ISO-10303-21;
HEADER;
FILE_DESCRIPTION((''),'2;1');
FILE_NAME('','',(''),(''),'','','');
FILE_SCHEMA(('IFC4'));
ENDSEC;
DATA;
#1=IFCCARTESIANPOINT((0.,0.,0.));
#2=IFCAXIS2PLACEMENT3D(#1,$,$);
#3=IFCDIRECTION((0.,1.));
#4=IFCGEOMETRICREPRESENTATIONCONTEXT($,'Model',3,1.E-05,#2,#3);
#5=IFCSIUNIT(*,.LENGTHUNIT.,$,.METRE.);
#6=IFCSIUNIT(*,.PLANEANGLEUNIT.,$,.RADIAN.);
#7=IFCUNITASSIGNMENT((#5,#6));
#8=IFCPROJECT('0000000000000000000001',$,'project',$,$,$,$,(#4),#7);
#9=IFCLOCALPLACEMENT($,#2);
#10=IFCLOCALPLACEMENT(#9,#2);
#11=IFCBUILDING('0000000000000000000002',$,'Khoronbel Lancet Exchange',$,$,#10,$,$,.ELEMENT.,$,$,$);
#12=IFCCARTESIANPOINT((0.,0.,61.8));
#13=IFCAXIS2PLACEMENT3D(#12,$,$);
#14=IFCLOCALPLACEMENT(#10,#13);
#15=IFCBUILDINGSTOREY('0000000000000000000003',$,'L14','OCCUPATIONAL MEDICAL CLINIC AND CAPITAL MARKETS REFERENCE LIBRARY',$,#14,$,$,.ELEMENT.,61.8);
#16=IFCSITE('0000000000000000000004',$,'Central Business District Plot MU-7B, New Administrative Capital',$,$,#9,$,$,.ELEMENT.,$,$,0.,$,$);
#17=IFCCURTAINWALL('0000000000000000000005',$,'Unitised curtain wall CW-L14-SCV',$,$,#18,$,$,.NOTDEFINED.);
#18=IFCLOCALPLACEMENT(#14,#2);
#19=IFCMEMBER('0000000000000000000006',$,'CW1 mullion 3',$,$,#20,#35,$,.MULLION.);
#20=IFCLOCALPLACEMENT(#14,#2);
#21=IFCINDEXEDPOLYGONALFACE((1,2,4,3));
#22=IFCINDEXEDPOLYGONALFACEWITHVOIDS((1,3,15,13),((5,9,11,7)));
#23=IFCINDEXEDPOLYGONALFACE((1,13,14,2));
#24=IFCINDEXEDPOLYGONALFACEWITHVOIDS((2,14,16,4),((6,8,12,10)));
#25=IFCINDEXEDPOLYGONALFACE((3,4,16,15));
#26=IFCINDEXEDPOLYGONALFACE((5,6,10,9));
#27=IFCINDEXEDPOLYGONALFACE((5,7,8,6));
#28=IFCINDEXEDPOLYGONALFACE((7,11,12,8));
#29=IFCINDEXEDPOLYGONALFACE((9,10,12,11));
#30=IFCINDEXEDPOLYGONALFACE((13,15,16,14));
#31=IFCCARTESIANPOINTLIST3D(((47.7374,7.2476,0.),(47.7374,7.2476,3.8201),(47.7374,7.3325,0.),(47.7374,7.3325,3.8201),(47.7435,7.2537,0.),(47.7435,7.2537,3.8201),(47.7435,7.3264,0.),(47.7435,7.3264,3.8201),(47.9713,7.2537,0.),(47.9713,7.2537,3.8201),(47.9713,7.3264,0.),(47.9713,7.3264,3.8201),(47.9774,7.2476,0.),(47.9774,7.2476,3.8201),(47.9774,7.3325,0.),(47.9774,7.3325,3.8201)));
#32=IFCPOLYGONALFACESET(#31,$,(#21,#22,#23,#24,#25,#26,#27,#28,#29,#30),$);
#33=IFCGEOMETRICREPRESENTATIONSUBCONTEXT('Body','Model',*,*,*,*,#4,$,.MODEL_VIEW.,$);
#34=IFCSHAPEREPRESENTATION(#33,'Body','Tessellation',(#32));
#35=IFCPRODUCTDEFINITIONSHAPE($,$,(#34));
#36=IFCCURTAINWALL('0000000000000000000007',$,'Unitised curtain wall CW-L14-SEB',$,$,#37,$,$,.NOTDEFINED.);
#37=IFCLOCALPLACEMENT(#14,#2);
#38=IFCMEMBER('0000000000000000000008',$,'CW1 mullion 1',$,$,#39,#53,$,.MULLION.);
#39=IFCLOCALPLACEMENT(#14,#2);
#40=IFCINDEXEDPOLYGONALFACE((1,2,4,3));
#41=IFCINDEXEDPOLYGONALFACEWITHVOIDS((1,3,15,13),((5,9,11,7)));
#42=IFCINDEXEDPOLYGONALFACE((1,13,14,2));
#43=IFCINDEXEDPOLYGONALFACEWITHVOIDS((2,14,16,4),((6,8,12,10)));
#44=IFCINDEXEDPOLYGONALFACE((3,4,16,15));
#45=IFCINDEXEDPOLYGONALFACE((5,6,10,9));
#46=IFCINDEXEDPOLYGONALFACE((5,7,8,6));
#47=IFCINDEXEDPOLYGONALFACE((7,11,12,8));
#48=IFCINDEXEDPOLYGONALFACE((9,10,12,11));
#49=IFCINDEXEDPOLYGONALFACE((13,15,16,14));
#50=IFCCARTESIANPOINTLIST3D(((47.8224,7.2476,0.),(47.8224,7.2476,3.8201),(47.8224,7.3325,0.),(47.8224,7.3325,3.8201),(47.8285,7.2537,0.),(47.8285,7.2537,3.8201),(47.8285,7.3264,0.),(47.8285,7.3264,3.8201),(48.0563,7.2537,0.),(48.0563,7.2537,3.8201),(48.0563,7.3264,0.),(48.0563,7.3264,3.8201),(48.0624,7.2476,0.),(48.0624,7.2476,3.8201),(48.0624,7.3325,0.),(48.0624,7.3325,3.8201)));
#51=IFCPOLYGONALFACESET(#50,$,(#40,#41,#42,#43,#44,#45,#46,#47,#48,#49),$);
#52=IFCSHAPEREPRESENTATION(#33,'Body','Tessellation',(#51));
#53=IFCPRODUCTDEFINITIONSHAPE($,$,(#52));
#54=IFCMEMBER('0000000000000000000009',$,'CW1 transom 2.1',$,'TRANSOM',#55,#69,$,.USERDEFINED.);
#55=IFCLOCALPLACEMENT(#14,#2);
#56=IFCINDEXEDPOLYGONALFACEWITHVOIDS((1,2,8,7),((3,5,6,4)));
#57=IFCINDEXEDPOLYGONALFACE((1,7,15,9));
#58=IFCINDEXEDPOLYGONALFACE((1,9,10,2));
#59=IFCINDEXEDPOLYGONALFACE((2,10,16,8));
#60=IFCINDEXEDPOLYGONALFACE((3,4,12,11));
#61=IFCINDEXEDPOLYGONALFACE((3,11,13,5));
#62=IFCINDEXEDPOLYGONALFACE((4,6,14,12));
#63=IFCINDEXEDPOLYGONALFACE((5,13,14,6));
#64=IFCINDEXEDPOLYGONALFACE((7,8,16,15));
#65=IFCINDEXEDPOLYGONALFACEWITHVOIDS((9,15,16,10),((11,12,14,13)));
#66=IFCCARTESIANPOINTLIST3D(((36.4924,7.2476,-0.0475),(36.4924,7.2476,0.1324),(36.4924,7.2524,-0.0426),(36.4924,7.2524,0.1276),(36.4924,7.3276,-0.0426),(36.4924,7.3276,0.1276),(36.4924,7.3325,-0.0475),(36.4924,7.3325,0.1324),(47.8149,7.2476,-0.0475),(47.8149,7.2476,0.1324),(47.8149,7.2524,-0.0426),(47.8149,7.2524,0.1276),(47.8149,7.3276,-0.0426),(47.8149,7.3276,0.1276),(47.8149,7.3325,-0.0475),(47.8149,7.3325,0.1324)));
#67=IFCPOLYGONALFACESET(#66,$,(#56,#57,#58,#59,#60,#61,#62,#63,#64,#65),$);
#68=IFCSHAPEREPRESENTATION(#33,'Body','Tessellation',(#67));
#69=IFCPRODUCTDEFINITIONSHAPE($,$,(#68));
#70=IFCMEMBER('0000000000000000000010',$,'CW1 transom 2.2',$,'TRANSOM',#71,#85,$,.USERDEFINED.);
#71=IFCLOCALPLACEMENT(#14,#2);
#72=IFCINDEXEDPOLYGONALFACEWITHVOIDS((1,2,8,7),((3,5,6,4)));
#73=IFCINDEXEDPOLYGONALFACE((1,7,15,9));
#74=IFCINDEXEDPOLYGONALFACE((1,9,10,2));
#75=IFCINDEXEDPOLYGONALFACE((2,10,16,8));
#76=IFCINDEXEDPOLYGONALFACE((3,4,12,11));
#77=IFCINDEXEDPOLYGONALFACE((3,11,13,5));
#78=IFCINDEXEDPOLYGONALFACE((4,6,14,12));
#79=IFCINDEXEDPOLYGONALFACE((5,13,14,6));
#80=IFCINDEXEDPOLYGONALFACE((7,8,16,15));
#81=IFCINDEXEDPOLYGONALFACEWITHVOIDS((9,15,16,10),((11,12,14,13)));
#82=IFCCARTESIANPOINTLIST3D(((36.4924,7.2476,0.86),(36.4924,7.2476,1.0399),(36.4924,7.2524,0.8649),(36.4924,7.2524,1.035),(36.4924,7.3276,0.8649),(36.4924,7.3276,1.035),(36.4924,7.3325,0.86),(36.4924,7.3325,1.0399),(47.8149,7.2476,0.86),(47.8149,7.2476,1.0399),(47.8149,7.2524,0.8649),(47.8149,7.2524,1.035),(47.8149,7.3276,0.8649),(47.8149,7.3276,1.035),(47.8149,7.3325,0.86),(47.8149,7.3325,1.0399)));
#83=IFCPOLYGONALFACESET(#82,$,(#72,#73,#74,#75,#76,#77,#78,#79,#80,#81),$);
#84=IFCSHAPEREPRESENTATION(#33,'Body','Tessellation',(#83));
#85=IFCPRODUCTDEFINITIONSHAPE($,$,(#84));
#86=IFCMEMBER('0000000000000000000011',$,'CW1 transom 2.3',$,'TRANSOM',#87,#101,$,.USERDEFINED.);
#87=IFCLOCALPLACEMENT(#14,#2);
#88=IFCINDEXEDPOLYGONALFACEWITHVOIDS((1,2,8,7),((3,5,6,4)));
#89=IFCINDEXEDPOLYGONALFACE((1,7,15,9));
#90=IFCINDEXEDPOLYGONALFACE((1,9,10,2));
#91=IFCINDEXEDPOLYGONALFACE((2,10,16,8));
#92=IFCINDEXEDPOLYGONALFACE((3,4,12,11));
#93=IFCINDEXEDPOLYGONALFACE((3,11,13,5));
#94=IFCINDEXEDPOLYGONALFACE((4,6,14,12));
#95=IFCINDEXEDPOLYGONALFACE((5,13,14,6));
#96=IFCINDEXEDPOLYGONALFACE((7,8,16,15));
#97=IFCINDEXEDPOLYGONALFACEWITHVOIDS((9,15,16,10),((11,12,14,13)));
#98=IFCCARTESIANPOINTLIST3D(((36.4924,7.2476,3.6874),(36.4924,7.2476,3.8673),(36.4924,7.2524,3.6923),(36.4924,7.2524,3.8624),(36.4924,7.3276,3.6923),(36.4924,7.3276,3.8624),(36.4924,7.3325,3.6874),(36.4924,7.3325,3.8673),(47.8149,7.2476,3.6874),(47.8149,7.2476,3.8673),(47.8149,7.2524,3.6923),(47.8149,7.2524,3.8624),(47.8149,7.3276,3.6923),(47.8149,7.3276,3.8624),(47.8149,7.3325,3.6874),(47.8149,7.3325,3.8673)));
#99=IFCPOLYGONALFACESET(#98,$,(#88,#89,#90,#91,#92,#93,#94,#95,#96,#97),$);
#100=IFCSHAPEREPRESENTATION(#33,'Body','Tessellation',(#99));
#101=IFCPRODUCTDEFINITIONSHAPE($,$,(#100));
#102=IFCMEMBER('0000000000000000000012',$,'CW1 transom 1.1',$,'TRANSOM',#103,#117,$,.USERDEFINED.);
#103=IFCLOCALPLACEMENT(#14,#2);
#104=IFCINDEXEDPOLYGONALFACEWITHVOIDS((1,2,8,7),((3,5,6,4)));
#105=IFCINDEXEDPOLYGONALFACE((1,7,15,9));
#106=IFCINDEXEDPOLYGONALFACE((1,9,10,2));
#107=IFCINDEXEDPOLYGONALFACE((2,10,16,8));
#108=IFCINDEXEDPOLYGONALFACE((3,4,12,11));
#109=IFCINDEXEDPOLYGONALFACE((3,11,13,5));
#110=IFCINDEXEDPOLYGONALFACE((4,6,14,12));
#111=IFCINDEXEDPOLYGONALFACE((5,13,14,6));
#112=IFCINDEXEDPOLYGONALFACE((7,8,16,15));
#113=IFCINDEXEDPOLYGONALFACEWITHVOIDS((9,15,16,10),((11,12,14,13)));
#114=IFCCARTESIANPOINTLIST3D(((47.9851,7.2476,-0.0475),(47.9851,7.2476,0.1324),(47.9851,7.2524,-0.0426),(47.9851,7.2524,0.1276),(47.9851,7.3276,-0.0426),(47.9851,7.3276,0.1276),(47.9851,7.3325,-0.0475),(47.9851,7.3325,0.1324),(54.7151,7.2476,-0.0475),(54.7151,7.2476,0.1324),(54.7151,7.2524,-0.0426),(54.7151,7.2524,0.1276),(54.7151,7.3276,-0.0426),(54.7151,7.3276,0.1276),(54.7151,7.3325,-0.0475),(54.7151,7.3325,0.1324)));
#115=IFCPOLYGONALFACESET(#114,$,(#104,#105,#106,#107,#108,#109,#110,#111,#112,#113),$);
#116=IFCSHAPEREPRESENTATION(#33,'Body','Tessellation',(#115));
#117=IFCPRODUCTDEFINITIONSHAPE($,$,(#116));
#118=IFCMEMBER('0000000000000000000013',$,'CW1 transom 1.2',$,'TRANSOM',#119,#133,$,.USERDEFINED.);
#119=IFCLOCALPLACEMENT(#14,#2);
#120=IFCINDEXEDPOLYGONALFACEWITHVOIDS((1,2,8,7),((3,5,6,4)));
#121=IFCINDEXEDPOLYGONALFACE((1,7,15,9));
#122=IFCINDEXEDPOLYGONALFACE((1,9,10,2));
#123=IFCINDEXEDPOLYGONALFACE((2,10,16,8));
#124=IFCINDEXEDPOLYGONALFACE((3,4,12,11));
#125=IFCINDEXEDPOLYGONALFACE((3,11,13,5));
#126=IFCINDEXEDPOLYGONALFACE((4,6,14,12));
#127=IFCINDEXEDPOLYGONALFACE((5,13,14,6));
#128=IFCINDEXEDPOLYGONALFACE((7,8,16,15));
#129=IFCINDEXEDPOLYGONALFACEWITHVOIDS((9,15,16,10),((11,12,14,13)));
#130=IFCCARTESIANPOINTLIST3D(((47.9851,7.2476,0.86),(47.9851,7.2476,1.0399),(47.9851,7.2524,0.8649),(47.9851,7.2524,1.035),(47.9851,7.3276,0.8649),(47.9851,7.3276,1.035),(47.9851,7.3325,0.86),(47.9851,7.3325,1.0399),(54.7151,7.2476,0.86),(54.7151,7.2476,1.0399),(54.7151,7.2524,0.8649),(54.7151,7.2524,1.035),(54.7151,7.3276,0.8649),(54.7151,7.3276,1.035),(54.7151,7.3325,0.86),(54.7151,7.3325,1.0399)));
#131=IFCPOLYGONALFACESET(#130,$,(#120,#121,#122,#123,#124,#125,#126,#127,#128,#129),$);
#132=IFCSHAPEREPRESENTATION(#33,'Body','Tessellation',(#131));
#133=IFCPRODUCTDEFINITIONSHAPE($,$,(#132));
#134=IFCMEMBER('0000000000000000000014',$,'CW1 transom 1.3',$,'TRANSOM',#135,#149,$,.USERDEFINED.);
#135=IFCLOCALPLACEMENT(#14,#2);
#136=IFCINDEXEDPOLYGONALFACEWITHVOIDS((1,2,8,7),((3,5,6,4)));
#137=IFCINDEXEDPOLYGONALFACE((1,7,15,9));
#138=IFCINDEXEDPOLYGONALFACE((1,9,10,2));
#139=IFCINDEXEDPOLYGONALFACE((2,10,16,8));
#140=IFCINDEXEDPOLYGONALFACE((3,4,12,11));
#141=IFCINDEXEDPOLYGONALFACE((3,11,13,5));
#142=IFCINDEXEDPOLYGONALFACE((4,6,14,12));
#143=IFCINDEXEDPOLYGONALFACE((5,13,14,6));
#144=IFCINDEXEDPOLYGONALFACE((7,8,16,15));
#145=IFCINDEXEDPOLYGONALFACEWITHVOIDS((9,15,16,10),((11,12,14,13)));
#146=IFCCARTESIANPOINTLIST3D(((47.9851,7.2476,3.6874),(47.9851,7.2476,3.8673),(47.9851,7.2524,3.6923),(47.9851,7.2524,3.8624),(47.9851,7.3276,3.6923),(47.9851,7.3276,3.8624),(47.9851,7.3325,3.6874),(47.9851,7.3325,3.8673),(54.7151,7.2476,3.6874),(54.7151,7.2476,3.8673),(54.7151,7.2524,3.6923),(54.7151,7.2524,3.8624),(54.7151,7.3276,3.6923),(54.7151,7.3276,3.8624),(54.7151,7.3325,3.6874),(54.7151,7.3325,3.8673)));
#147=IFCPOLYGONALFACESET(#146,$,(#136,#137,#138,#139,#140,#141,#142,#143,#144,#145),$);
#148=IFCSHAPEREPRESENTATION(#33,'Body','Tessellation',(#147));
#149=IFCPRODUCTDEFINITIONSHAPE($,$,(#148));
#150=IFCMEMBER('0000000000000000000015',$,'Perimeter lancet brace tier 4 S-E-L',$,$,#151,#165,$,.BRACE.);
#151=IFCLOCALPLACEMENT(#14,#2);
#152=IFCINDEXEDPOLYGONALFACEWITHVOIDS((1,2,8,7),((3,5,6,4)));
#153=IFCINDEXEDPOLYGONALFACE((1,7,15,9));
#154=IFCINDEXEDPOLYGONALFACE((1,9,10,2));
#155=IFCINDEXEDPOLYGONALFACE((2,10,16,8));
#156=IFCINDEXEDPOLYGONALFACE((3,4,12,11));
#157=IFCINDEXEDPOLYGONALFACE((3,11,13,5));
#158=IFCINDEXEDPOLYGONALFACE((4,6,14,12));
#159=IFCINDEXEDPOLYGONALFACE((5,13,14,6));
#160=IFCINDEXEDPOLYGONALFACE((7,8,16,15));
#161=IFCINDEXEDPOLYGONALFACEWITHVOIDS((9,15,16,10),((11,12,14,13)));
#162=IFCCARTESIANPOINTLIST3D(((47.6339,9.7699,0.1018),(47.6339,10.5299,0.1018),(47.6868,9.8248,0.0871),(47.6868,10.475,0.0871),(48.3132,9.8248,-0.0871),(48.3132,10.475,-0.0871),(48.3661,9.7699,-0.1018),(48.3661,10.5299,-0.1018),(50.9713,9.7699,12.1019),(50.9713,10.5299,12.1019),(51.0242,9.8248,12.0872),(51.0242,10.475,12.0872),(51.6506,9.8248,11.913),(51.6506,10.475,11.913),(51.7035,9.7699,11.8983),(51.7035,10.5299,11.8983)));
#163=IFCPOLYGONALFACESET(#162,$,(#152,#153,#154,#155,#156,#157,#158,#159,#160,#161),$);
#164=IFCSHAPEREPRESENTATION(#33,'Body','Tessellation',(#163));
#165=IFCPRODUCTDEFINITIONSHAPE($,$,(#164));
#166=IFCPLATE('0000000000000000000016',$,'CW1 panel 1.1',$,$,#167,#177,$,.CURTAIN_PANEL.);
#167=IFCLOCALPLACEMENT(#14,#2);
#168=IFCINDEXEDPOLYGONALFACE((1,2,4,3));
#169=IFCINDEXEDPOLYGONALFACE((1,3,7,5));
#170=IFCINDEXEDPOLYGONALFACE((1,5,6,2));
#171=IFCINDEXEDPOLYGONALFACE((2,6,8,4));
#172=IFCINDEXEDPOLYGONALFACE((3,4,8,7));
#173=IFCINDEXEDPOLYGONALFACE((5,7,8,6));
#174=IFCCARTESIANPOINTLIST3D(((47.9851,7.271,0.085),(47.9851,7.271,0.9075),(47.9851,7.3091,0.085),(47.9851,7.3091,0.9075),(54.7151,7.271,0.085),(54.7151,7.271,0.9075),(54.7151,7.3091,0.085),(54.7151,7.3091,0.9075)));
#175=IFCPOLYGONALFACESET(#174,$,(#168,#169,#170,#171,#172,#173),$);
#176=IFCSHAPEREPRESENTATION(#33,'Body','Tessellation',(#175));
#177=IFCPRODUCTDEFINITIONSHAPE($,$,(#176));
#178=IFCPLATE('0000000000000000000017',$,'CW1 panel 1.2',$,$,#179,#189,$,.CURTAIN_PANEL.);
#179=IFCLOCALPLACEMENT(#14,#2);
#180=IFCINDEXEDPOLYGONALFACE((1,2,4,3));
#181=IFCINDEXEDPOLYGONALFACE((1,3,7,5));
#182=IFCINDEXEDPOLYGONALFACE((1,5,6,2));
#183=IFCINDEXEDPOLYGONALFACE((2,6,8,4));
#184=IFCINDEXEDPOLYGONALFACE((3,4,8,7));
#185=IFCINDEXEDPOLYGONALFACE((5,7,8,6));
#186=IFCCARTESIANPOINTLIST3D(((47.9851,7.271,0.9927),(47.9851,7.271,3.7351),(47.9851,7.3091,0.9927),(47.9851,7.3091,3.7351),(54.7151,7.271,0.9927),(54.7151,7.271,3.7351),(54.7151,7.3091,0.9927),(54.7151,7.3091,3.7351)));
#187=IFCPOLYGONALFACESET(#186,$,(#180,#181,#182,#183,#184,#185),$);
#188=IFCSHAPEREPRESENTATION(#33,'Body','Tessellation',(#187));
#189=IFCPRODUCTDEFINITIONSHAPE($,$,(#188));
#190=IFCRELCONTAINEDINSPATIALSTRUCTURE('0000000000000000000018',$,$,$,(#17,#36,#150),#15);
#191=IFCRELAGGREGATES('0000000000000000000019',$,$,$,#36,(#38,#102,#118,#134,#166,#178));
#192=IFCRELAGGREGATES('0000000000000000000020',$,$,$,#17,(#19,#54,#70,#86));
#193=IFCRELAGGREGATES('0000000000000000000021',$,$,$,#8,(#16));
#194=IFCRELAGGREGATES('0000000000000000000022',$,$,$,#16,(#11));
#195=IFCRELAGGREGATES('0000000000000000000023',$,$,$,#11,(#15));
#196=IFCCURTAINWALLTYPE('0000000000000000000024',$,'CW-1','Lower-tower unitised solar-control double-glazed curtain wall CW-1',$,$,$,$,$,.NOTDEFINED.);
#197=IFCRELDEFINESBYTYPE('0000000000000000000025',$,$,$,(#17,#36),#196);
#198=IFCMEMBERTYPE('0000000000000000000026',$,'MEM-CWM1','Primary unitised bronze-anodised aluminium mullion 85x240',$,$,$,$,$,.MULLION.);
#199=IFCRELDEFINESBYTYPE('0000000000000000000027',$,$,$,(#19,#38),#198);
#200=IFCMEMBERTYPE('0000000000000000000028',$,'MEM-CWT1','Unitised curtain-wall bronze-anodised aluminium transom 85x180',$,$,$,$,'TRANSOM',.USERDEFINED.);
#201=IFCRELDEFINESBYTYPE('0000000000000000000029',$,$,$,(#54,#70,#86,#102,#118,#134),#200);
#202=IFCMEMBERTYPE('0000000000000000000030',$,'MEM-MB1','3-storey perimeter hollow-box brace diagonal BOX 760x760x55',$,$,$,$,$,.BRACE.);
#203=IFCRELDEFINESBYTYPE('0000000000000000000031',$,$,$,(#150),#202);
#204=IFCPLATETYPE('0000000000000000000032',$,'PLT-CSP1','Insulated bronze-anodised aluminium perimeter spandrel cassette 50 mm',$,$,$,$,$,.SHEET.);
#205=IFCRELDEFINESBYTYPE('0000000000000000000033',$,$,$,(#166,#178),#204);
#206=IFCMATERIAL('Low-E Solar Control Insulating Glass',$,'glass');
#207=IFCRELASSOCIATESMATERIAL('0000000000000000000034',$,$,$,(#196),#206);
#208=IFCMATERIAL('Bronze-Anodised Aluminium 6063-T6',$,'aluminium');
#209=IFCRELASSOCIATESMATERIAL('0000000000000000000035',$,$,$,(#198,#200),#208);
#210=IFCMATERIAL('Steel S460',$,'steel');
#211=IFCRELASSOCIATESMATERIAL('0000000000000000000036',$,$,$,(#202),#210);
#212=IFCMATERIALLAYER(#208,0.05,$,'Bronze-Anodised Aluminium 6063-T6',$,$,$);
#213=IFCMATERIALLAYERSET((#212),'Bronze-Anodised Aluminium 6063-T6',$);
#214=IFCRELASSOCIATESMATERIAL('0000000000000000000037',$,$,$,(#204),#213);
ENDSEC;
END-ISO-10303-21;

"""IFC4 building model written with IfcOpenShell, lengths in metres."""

from ifc_helpers import new_model, si_unit, direction, frame, origin, origin_2d, place, context, subcontext, project, spatial, rectangle, hollow_rectangle, extrude, material, layer, layer_set, material_profile, profile_set, type_object, element, aggregate, save


model = new_model("IFC4")

# Units and contexts
model_context = context("Model", 3, precision=1e-05, world=origin(), true_north=direction((0.0, 1.0)))
body_context = subcontext(model_context, "Body", "Model", "MODEL_VIEW")
ifc_project = project(units=[si_unit("LENGTHUNIT", "METRE"), si_unit("PLANEANGLEUNIT", "RADIAN")], contexts=[model_context])

# Site, building, storey
site_placement = place(None, origin())
site = spatial("IfcSite", under=ifc_project, at=site_placement, Name="Central Business District Plot MU-7B, New Administrative Capital", CompositionType="ELEMENT", RefElevation=0.0)
building_placement = place(site_placement, origin())
building = spatial("IfcBuilding", under=site, at=building_placement, Name="Khoronbel Lancet Exchange", CompositionType="ELEMENT")
storey_placement = place(building_placement, frame((0.0, 0.0, 61.8)))
storey = spatial("IfcBuildingStorey", under=building, at=storey_placement, Name="L14", Description="OCCUPATIONAL MEDICAL CLINIC AND CAPITAL MARKETS REFERENCE LIBRARY", CompositionType="ELEMENT", Elevation=61.8)

# Shared definitions
ifc_material_1 = material(Name="Steel S460", Category="steel")

# Curtain wall, member
ifc_material_2 = material(Name="Low-E Solar Control Insulating Glass", Category="glass")
curtain_wall_type = type_object("IfcCurtainWallType", Name="CW-1", Description="Lower-tower unitised solar-control double-glazed curtain wall CW-1", PredefinedType="NOTDEFINED", material=ifc_material_2)
curtain_wall_1_placement = place(storey_placement, origin())
curtain_wall_1 = element("IfcCurtainWall", 1, at=curtain_wall_1_placement, inside=storey, type_object=curtain_wall_type, Name="Unitised curtain wall CW-L14-SCV", PredefinedType="NOTDEFINED")
ifc_material_3 = material(Name="Bronze-Anodised Aluminium 6063-T6", Category="aluminium")
ifc_material_profile_1 = material_profile(ifc_material_3, hollow_rectangle(XDim=0.085, YDim=0.24, WallThickness=0.0061, at=origin_2d()), Name="ALU MULLION 85x240")
ifc_profile_set_1 = profile_set([ifc_material_profile_1], Name="Bronze-Anodised Aluminium 6063-T6")
member_type_1 = type_object("IfcMemberType", Name="MEM-CWM1", Description="Primary unitised bronze-anodised aluminium mullion 85x240", PredefinedType="MULLION", material=ifc_profile_set_1)
member_1_placement = place(storey_placement, frame((47.8574, 7.29, 0.0), z_axis=(0.0, 0.0, 1.0), x_axis=(0.0, 1.0, 0.0)))
member_1 = element("IfcMember", 2, at=member_1_placement, type_object=member_type_1, Name="CW1 mullion 3", PredefinedType="MULLION", context=body_context, shape_type="SweptSolid", body=[
    extrude(hollow_rectangle(XDim=0.085, YDim=0.24, WallThickness=0.0061, at=origin_2d()), origin(), (0.0, 0.0, 1.0), 3.8201),
])

# Curtain wall, member
curtain_wall_2_placement = place(storey_placement, origin())
curtain_wall_2 = element("IfcCurtainWall", 3, at=curtain_wall_2_placement, inside=storey, type_object=curtain_wall_type, Name="Unitised curtain wall CW-L14-SEB", PredefinedType="NOTDEFINED")
member_2_placement = place(storey_placement, frame((47.9424, 7.29, 0.0), z_axis=(0.0, 0.0, 1.0), x_axis=(0.0, 1.0, 0.0)))
member_2 = element("IfcMember", 4, at=member_2_placement, type_object=member_type_1, Name="CW1 mullion 1", PredefinedType="MULLION", context=body_context, shape_type="SweptSolid", body=[
    extrude(hollow_rectangle(XDim=0.085, YDim=0.24, WallThickness=0.0061, at=origin_2d()), origin(), (0.0, 0.0, 1.0), 3.8201),
])

# Members
ifc_material_profile_2 = material_profile(ifc_material_3, hollow_rectangle(XDim=0.085, YDim=0.1799, WallThickness=0.0049, at=origin_2d()), Name="ALU TRANSOM 85x180")
ifc_profile_set_2 = profile_set([ifc_material_profile_2], Name="Bronze-Anodised Aluminium 6063-T6")
member_type_2 = type_object("IfcMemberType", Name="MEM-CWT1", Description="Unitised curtain-wall bronze-anodised aluminium transom 85x180", ElementType="TRANSOM", PredefinedType="USERDEFINED", material=ifc_profile_set_2)
member_3_placement = place(storey_placement, frame((36.4924, 7.29, 0.0425), z_axis=(1.0, 0.0, 0.0), x_axis=(0.0, 1.0, 0.0)))
member_3 = element("IfcMember", 5, at=member_3_placement, type_object=member_type_2, Name="CW1 transom 2.1", ObjectType="TRANSOM", PredefinedType="USERDEFINED", context=body_context, shape_type="SweptSolid", body=[
    extrude(hollow_rectangle(XDim=0.085, YDim=0.1799, WallThickness=0.0049, at=origin_2d()), origin(), (0.0, 0.0, 1.0), 11.3225),
])
member_4_placement = place(storey_placement, frame((36.4924, 7.29, 0.95), z_axis=(1.0, 0.0, 0.0), x_axis=(0.0, 1.0, 0.0)))
member_4 = element("IfcMember", 6, at=member_4_placement, type_object=member_type_2, Name="CW1 transom 2.2", ObjectType="TRANSOM", PredefinedType="USERDEFINED", context=body_context, shape_type="SweptSolid", body=[
    extrude(hollow_rectangle(XDim=0.085, YDim=0.1799, WallThickness=0.0049, at=origin_2d()), origin(), (0.0, 0.0, 1.0), 11.3225),
])
member_5_placement = place(storey_placement, frame((36.4924, 7.29, 3.7773), z_axis=(1.0, 0.0, 0.0), x_axis=(0.0, 1.0, 0.0)))
member_5 = element("IfcMember", 7, at=member_5_placement, type_object=member_type_2, Name="CW1 transom 2.3", ObjectType="TRANSOM", PredefinedType="USERDEFINED", context=body_context, shape_type="SweptSolid", body=[
    extrude(hollow_rectangle(XDim=0.085, YDim=0.1799, WallThickness=0.0049, at=origin_2d()), origin(), (0.0, 0.0, 1.0), 11.3225),
])
member_6_placement = place(storey_placement, frame((47.9851, 7.29, 0.0425), z_axis=(1.0, 0.0, 0.0), x_axis=(0.0, 1.0, 0.0)))
member_6 = element("IfcMember", 8, at=member_6_placement, type_object=member_type_2, Name="CW1 transom 1.1", ObjectType="TRANSOM", PredefinedType="USERDEFINED", context=body_context, shape_type="SweptSolid", body=[
    extrude(hollow_rectangle(XDim=0.085, YDim=0.1799, WallThickness=0.0049, at=origin_2d()), origin(), (0.0, 0.0, 1.0), 6.73),
])
member_7_placement = place(storey_placement, frame((47.9851, 7.29, 0.95), z_axis=(1.0, 0.0, 0.0), x_axis=(0.0, 1.0, 0.0)))
member_7 = element("IfcMember", 9, at=member_7_placement, type_object=member_type_2, Name="CW1 transom 1.2", ObjectType="TRANSOM", PredefinedType="USERDEFINED", context=body_context, shape_type="SweptSolid", body=[
    extrude(hollow_rectangle(XDim=0.085, YDim=0.1799, WallThickness=0.0049, at=origin_2d()), origin(), (0.0, 0.0, 1.0), 6.73),
])
member_8_placement = place(storey_placement, frame((47.9851, 7.29, 3.7773), z_axis=(1.0, 0.0, 0.0), x_axis=(0.0, 1.0, 0.0)))
member_8 = element("IfcMember", 10, at=member_8_placement, type_object=member_type_2, Name="CW1 transom 1.3", ObjectType="TRANSOM", PredefinedType="USERDEFINED", context=body_context, shape_type="SweptSolid", body=[
    extrude(hollow_rectangle(XDim=0.085, YDim=0.1799, WallThickness=0.0049, at=origin_2d()), origin(), (0.0, 0.0, 1.0), 6.73),
])
ifc_material_profile_3 = material_profile(ifc_material_1, hollow_rectangle(XDim=0.76, YDim=0.76, WallThickness=0.0549, at=origin_2d()), Name="BOX 760x760x55")
ifc_profile_set_3 = profile_set([ifc_material_profile_3], Name="Steel S460")
member_type_3 = type_object("IfcMemberType", Name="MEM-MB1", Description="3-storey perimeter hollow-box brace diagonal BOX 760x760x55", PredefinedType="BRACE", material=ifc_profile_set_3)
member_9_placement = place(storey_placement, frame((48.0, 10.1499, 0.0), z_axis=(0.267947, 0.0, 0.963434), x_axis=(0.0, 1.0, 0.0)))
element("IfcMember", 11, at=member_9_placement, inside=storey, type_object=member_type_3, Name="Perimeter lancet brace tier 4 S-E-L", PredefinedType="BRACE", context=body_context, shape_type="SweptSolid", body=[
    extrude(hollow_rectangle(XDim=0.76, YDim=0.76, WallThickness=0.0549, at=origin_2d()), origin(), (0.0, 0.0, 1.0), 12.4556),
])

# Plates
ifc_layer_1 = layer(ifc_material_3, 0.05, Name="Bronze-Anodised Aluminium 6063-T6")
ifc_layer_set_1 = layer_set([ifc_layer_1], Name="Bronze-Anodised Aluminium 6063-T6")
plate_type_1 = type_object("IfcPlateType", Name="PLT-CSP1", Description="Insulated bronze-anodised aluminium perimeter spandrel cassette 50 mm", PredefinedType="SHEET", material=ifc_layer_set_1)
plate_1_placement = place(storey_placement, frame((51.3501, 7.29, 0.085), z_axis=(0.0, 0.0, 1.0), x_axis=(1.0, 0.0, 0.0)))
plate_1 = element("IfcPlate", 12, at=plate_1_placement, type_object=plate_type_1, Name="CW1 panel 1.1", PredefinedType="CURTAIN_PANEL", context=body_context, shape_type="SweptSolid", body=[
    extrude(rectangle(XDim=6.73, YDim=0.0381, at=origin_2d()), origin(), (0.0, 0.0, 1.0), 0.8225),
])
plate_2_placement = place(storey_placement, frame((51.3501, 7.29, 0.9927), z_axis=(0.0, 0.0, 1.0), x_axis=(1.0, 0.0, 0.0)))
plate_2 = element("IfcPlate", 13, at=plate_2_placement, type_object=plate_type_1, Name="CW1 panel 1.2", PredefinedType="CURTAIN_PANEL", context=body_context, shape_type="SweptSolid", body=[
    extrude(rectangle(XDim=6.73, YDim=0.0381, at=origin_2d()), origin(), (0.0, 0.0, 1.0), 2.7424),
])
aggregate(curtain_wall_2, [member_2, member_6, member_7, member_8, plate_1, plate_2])
aggregate(curtain_wall_1, [member_1, member_3, member_4, member_5])

save(model, "model.ifc")
